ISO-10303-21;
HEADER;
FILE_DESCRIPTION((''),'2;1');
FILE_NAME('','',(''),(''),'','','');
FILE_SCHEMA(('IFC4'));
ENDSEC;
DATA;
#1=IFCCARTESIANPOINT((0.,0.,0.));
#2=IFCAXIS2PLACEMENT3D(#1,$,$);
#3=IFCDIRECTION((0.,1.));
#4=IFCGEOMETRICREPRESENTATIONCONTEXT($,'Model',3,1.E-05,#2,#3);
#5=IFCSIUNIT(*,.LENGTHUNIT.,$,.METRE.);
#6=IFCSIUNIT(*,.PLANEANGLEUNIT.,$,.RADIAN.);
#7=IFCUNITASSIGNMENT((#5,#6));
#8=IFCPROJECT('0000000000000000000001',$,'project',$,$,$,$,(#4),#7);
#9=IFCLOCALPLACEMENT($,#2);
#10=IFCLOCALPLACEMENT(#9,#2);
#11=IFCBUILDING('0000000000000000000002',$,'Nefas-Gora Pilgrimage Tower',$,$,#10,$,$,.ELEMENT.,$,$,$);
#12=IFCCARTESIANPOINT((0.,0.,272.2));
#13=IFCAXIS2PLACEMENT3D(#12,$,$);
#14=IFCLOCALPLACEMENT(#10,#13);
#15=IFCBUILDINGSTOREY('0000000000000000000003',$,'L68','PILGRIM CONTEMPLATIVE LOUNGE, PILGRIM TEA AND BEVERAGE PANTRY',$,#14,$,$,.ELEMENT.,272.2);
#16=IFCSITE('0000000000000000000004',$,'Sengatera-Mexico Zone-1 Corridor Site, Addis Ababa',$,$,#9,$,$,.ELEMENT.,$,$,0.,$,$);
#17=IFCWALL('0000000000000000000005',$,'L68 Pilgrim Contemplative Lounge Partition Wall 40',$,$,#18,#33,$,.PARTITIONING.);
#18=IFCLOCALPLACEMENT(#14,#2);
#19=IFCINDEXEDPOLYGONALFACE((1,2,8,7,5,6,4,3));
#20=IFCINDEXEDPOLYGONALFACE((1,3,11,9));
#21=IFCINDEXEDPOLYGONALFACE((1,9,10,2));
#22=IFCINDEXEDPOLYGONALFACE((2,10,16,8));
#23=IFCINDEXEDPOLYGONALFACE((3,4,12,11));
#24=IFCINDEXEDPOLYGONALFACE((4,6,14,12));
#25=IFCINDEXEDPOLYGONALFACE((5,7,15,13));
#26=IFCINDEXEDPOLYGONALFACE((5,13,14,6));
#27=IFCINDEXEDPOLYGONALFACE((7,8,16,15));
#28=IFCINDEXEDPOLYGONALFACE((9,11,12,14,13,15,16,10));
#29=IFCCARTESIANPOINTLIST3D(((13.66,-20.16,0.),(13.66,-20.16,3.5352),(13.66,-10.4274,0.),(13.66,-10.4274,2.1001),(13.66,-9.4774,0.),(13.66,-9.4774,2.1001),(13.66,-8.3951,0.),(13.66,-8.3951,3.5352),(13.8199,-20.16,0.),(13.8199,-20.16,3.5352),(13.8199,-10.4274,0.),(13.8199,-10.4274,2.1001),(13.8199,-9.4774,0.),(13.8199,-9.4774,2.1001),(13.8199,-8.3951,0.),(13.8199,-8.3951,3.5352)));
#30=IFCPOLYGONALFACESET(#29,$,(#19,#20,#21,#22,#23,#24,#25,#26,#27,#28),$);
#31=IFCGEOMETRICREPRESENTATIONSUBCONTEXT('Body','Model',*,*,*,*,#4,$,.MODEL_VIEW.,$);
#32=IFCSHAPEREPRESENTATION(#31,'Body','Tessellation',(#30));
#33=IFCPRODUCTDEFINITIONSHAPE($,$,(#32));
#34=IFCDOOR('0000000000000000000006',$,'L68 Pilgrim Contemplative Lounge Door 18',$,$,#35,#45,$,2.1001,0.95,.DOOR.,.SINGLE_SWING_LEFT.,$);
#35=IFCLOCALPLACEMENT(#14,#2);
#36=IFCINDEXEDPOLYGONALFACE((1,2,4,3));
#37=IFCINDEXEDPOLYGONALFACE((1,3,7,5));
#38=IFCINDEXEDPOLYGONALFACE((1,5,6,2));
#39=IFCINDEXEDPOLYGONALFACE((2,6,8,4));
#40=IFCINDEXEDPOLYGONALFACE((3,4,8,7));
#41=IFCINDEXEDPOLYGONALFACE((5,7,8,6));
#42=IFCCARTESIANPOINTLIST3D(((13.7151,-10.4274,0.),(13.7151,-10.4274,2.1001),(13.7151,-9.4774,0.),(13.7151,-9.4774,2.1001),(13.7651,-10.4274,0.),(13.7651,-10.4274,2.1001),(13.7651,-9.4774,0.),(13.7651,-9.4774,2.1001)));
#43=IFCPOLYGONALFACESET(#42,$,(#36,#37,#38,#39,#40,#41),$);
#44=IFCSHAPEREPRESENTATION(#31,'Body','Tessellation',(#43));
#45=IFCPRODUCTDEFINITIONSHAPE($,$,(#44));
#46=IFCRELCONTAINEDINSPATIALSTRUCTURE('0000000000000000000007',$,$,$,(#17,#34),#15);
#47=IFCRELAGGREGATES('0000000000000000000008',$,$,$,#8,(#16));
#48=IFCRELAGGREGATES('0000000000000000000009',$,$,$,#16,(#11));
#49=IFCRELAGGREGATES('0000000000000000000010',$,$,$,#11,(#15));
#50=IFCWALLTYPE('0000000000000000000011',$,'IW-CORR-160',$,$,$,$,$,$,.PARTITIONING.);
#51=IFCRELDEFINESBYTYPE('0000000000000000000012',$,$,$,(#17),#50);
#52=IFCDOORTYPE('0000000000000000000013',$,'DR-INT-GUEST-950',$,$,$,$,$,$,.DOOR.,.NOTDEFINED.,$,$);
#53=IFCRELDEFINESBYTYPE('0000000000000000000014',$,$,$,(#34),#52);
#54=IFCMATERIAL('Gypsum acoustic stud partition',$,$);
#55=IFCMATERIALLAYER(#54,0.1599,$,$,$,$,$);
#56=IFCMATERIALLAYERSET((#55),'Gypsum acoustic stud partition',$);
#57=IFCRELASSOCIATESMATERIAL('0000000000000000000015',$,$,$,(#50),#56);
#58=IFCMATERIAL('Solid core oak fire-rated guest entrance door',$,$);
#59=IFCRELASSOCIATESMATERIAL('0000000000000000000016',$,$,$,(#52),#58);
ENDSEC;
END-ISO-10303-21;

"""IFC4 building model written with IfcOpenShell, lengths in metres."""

from ifc_helpers import new_model, si_unit, direction, frame, frame_2d, origin, place, context, subcontext, project, spatial, rectangle, extrude, source, transform, mapped, material, layer, layer_set, type_object, element, fill, save


model = new_model("IFC4")

# Units and contexts
model_context = context("Model", 3, precision=1e-05, world=origin(), true_north=direction((0.0, 1.0)))
body_context = subcontext(model_context, "Body", "Model", "MODEL_VIEW")
ifc_project = project(units=[si_unit("LENGTHUNIT", "METRE"), si_unit("PLANEANGLEUNIT", "RADIAN")], contexts=[model_context])

# Site, building, storey
site_placement = place(None, origin())
site = spatial("IfcSite", under=ifc_project, at=site_placement, Name="Sengatera-Mexico Zone-1 Corridor Site, Addis Ababa", CompositionType="ELEMENT", RefElevation=0.0)
building_placement = place(site_placement, origin())
building = spatial("IfcBuilding", under=site, at=building_placement, Name="Nefas-Gora Pilgrimage Tower", CompositionType="ELEMENT")
storey_placement = place(building_placement, frame((0.0, 0.0, 272.2)))
storey = spatial("IfcBuildingStorey", under=building, at=storey_placement, Name="L68", Description="PILGRIM CONTEMPLATIVE LOUNGE, PILGRIM TEA AND BEVERAGE PANTRY", CompositionType="ELEMENT", Elevation=272.2)

# Wall, opening, door
ifc_material_1 = material(Name="Gypsum acoustic stud partition")
ifc_layer_1 = layer(ifc_material_1, 0.1599)
ifc_layer_set_1 = layer_set([ifc_layer_1], Name="Gypsum acoustic stud partition")
wall_type_1 = type_object("IfcWallType", Name="IW-CORR-160", PredefinedType="PARTITIONING", material=ifc_layer_set_1)
shared_shape_1 = source(origin(), body_context, "Body", "SweptSolid", [
    extrude(rectangle(XDim=11.7649, YDim=0.1599, at=frame_2d((5.8823, 0.0))), origin(), (0.0, 0.0, 1.0), 3.5352),
])
wall_1_placement = place(storey_placement, frame((13.74, -20.1599, 0.0), z_axis=(0.0, 0.0, 1.0), x_axis=(0.0, 1.0, 0.0)))
wall_1 = element("IfcWall", 1, at=wall_1_placement, inside=storey, type_object=wall_type_1, Name="L68 Pilgrim Contemplative Lounge Partition Wall 40", PredefinedType="PARTITIONING", context=body_context, shape_type="MappedRepresentation", body=[
    mapped(shared_shape_1, transform((0.0, 0.0, 0.0), x_axis=(1.0, 0.0, 0.0), y_axis=(0.0, 1.0, 0.0), z_axis=(0.0, 0.0, 1.0), scale=1.0)),
])
opening_1_placement = place(wall_1_placement, frame((9.7324, 0.0, 0.0)))
opening_1 = element("IfcOpeningElement", 2, at=opening_1_placement, cuts=wall_1, PredefinedType="OPENING", context=body_context, shape_type="SweptSolid", body=[
    extrude(rectangle(XDim=0.95, YDim=2.1001, at=frame_2d((0.4751, 1.05))), frame((0.0, 0.0898, 0.0), z_axis=(0.0, -1.0, 0.0), x_axis=(1.0, 0.0, 0.0)), (0.0, 0.0, 1.0), 0.1799),
])
ifc_material_2 = material(Name="Solid core oak fire-rated guest entrance door")
door_type = type_object("IfcDoorType", Name="DR-INT-GUEST-950", OperationType="NOTDEFINED", PredefinedType="DOOR", material=ifc_material_2)
shared_shape_2 = source(origin(), body_context, "Body", "SweptSolid", [
    extrude(rectangle(XDim=0.95, YDim=2.1001, at=frame_2d((0.4751, 1.05))), frame((0.0, 0.0249, 0.0), z_axis=(0.0, -1.0, 0.0), x_axis=(1.0, 0.0, 0.0)), (0.0, 0.0, 1.0), 0.05),
])
door_placement = place(opening_1_placement, origin())
door = element("IfcDoor", 3, at=door_placement, inside=storey, type_object=door_type, Name="L68 Pilgrim Contemplative Lounge Door 18", OperationType="SINGLE_SWING_LEFT", OverallHeight=2.1001, OverallWidth=0.95, PredefinedType="DOOR", context=body_context, shape_type="MappedRepresentation", body=[
    mapped(shared_shape_2, transform((0.0, 0.0, 0.0), x_axis=(1.0, 0.0, 0.0), y_axis=(0.0, 1.0, 0.0), z_axis=(0.0, 0.0, 1.0), scale=1.0)),
])
fill(opening_1, door)

save(model, "model.ifc")
